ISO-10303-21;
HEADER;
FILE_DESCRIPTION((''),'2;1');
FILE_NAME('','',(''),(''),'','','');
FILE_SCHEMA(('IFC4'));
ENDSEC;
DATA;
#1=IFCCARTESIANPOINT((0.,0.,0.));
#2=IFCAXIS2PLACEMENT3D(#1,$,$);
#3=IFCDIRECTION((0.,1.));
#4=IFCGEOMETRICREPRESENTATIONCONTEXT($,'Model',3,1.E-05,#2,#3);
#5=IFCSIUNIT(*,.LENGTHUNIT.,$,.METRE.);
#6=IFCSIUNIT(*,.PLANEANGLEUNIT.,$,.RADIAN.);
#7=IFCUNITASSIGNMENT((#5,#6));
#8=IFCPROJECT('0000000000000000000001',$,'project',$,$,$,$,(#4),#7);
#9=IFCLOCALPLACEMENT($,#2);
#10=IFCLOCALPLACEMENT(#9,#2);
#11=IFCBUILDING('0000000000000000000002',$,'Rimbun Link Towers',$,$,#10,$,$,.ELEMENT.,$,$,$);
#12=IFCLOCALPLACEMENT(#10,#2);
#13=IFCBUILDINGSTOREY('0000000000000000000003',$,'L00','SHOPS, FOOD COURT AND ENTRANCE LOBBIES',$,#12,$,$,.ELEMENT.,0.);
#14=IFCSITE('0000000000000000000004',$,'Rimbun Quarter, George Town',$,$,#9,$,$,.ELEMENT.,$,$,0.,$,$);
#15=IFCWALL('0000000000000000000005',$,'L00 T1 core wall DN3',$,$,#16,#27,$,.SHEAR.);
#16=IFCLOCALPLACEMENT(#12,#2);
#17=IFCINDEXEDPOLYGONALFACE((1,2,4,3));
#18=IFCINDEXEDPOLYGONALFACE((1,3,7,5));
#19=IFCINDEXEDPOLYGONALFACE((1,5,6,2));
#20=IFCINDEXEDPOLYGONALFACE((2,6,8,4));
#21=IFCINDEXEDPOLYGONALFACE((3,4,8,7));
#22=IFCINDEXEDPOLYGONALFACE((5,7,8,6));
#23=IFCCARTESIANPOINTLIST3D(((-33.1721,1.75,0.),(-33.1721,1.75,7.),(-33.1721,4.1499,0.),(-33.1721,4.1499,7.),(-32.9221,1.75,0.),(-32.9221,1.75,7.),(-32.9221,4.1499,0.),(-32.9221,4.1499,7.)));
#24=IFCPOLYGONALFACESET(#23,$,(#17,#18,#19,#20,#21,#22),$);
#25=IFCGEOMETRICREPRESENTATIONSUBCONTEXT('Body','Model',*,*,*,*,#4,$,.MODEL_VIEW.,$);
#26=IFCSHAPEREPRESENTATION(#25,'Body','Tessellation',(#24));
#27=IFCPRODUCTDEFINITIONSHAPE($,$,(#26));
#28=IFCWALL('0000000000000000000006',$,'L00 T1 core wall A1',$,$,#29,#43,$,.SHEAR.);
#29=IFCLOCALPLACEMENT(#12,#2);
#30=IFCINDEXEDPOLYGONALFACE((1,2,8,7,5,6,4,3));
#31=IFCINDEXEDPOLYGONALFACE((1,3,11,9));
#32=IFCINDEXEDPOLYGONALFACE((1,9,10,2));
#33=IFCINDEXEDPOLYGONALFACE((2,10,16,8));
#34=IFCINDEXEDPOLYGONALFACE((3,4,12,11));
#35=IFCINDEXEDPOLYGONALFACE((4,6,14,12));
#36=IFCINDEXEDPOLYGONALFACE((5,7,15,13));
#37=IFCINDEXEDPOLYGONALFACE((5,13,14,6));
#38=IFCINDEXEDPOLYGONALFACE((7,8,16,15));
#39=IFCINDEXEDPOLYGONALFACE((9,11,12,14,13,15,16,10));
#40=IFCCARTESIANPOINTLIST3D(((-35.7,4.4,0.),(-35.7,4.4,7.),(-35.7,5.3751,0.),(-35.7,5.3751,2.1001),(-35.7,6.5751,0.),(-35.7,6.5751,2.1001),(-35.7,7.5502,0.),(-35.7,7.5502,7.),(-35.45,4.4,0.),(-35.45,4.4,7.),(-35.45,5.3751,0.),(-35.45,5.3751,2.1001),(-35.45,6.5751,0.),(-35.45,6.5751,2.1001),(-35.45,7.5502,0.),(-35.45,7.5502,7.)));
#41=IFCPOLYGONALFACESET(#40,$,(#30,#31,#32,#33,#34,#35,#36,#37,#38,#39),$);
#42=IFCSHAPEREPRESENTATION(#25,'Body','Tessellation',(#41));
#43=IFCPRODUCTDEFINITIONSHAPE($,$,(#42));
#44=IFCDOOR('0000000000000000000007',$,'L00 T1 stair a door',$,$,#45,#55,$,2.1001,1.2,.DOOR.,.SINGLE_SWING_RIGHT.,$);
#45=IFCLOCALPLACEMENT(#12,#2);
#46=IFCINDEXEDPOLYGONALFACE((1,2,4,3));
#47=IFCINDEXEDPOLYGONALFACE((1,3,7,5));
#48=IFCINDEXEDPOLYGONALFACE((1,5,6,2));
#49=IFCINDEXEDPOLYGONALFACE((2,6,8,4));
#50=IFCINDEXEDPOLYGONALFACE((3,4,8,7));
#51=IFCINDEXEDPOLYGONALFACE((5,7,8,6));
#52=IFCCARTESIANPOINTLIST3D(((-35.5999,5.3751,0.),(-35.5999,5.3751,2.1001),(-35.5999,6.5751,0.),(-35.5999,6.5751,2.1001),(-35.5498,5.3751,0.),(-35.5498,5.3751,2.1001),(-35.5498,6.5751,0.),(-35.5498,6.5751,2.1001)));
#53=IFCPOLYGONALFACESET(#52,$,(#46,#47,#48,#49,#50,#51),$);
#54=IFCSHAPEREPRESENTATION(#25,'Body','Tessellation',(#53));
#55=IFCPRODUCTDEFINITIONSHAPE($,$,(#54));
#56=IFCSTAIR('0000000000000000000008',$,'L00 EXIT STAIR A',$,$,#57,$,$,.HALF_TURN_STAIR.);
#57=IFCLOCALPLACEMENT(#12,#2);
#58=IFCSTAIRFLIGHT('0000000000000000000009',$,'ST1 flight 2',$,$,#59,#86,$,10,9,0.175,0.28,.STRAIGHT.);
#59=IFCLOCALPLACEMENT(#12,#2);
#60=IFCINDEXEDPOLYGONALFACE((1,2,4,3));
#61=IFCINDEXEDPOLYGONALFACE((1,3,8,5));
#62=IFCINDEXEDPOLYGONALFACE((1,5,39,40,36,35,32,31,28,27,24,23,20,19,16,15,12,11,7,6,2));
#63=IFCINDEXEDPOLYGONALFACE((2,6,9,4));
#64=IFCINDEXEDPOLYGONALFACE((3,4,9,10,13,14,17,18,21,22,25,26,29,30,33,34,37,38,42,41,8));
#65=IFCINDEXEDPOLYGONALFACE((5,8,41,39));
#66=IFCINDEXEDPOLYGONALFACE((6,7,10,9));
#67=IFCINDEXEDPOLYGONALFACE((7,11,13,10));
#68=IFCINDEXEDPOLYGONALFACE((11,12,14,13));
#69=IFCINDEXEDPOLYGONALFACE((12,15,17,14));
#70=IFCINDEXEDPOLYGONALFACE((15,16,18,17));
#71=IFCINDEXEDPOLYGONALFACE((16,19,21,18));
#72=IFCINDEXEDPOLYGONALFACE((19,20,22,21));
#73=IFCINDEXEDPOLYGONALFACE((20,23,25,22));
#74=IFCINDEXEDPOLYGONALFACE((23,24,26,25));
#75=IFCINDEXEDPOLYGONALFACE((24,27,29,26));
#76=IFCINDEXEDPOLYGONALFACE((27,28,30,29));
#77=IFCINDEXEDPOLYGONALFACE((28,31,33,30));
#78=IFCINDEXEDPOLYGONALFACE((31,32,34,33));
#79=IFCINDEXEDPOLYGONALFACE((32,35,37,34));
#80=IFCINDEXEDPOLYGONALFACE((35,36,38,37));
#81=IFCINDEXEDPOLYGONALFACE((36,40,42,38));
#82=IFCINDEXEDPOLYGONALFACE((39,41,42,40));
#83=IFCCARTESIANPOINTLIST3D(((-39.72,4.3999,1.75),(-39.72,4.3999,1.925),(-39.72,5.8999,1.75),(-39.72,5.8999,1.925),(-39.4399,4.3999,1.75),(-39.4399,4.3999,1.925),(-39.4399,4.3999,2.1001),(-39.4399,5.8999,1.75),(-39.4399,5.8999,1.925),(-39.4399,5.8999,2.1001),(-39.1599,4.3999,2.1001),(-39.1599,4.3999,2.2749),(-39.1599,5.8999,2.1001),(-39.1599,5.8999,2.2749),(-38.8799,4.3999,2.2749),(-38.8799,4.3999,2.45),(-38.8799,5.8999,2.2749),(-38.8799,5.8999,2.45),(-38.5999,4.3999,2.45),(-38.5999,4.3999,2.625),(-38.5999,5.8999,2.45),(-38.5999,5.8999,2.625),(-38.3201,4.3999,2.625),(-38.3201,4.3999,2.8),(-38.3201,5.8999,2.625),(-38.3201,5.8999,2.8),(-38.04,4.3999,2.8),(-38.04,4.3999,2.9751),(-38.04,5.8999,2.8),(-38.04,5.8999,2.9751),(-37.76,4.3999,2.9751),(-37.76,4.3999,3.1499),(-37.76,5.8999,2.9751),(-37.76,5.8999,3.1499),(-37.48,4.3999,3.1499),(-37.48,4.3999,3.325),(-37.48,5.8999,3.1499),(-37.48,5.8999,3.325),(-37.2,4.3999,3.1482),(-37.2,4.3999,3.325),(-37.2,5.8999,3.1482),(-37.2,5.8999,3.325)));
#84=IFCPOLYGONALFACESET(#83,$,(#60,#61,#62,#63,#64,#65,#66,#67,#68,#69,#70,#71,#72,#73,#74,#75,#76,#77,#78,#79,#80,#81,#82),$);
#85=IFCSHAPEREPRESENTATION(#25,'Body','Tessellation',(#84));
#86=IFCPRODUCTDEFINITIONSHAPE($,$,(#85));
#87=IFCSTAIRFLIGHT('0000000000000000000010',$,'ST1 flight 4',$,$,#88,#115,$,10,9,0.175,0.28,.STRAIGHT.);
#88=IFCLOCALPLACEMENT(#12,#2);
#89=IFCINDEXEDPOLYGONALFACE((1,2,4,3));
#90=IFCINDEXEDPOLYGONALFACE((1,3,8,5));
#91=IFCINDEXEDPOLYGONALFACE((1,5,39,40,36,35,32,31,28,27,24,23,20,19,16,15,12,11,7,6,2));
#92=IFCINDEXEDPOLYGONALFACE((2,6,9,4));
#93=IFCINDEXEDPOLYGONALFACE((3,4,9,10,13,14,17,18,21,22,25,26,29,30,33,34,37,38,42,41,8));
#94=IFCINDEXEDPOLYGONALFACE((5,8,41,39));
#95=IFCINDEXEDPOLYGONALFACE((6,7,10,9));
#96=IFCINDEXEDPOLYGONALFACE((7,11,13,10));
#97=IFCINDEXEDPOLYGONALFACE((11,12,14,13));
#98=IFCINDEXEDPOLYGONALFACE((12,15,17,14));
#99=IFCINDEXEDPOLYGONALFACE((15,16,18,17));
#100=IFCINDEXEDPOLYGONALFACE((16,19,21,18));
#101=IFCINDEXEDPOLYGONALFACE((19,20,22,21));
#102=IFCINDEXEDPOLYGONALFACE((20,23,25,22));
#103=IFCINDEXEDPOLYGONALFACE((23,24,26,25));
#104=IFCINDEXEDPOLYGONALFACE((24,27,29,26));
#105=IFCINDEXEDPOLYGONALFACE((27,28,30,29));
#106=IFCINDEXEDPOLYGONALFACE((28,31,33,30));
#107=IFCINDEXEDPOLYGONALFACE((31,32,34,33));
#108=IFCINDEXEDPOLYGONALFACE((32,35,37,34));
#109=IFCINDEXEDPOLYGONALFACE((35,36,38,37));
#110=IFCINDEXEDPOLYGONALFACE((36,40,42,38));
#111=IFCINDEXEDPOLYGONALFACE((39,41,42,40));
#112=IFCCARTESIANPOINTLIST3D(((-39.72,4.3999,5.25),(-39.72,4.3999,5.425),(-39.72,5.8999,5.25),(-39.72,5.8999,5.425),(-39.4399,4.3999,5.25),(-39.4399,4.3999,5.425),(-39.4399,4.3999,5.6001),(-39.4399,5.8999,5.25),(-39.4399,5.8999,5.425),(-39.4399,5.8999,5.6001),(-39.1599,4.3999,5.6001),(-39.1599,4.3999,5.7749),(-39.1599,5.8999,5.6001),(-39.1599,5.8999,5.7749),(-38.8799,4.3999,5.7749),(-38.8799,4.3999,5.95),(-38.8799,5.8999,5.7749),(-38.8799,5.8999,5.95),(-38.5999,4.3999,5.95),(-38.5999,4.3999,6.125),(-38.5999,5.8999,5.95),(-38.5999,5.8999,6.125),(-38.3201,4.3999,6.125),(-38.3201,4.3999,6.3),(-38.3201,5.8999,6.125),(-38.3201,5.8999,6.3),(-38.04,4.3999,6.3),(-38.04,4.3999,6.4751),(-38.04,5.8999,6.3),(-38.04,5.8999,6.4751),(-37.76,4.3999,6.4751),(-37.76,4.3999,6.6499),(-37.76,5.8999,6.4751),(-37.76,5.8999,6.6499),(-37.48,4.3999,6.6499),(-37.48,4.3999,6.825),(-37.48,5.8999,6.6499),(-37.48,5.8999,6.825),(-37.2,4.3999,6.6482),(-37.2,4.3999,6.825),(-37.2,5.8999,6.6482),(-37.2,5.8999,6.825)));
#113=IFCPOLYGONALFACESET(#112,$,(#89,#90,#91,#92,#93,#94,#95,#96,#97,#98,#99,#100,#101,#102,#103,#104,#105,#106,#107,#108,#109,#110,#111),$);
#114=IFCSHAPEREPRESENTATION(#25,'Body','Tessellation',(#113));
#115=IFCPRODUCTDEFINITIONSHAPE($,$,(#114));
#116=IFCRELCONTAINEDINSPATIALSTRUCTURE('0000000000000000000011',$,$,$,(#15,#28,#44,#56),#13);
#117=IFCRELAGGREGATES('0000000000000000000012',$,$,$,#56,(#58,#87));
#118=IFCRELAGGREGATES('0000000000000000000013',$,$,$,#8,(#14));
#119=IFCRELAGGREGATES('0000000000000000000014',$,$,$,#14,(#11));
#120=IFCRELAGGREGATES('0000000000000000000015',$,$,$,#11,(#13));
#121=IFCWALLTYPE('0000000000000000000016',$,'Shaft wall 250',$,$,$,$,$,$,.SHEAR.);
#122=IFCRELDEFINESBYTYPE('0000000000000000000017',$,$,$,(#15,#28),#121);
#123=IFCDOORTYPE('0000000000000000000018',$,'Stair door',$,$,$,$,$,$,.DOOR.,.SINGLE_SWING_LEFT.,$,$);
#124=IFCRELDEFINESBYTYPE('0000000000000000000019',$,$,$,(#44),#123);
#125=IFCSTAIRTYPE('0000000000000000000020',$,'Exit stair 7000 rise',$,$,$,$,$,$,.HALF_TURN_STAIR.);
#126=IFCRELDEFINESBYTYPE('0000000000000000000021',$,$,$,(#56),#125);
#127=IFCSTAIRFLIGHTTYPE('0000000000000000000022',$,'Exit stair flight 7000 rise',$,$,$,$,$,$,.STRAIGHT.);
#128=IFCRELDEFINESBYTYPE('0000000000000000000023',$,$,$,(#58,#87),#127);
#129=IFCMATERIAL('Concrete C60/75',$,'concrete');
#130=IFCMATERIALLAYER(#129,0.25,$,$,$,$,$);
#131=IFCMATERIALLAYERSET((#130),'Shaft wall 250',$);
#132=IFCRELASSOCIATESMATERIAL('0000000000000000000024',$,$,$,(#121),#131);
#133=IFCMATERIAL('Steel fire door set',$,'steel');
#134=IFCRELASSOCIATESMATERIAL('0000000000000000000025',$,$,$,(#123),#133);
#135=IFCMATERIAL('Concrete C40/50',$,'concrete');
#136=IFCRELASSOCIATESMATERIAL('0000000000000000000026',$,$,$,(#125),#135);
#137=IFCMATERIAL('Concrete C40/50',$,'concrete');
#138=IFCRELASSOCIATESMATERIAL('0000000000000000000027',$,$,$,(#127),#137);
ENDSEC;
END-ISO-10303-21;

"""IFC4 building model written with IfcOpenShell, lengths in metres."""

from ifc_helpers import new_model, si_unit, direction, frame, frame_2d, origin, place, context, subcontext, project, spatial, polyline, rectangle, outline, extrude, material, layer, layer_set, type_object, element, fill, aggregate, save


model = new_model("IFC4")

# Units and contexts
model_context = context("Model", 3, precision=1e-05, world=origin(), true_north=direction((0.0, 1.0)))
body_context = subcontext(model_context, "Body", "Model", "MODEL_VIEW")
ifc_project = project(units=[si_unit("LENGTHUNIT", "METRE"), si_unit("PLANEANGLEUNIT", "RADIAN")], contexts=[model_context])

# Site, building, storey
site_placement = place(None, origin())
site = spatial("IfcSite", under=ifc_project, at=site_placement, Name="Rimbun Quarter, George Town", CompositionType="ELEMENT", RefElevation=0.0)
building_placement = place(site_placement, origin())
building = spatial("IfcBuilding", under=site, at=building_placement, Name="Rimbun Link Towers", CompositionType="ELEMENT")
storey_placement = place(building_placement, origin())
storey = spatial("IfcBuildingStorey", under=building, at=storey_placement, Name="L00", Description="SHOPS, FOOD COURT AND ENTRANCE LOBBIES", CompositionType="ELEMENT", Elevation=0.0)

# Wall
ifc_material_1 = material(Name="Concrete C60/75", Category="concrete")
ifc_layer = layer(ifc_material_1, 0.25)
ifc_layer_set = layer_set([ifc_layer], Name="Shaft wall 250")
wall_type = type_object("IfcWallType", Name="Shaft wall 250", PredefinedType="SHEAR", material=ifc_layer_set)
for number, where, z_axis, x_axis, name in (
    (1, (-33.0471, 1.75, 0.0), (0.0, 0.0, 1.0), (0.0, 1.0, 0.0), "L00 T1 core wall DN3"),
):
    element("IfcWall", number, at=place(storey_placement, frame(where, z_axis=z_axis, x_axis=x_axis)), inside=storey, type_object=wall_type, Name=name, PredefinedType="SHEAR", context=body_context, shape_type="SweptSolid", body=[
        extrude(rectangle(XDim=2.3999, YDim=0.25, at=frame_2d((1.2, 0.0))), origin(), (0.0, 0.0, 1.0), 7.0),
    ])

# Wall, opening, door
wall_placement = place(storey_placement, frame((-35.575, 4.3999, 0.0), z_axis=(0.0, 0.0, 1.0), x_axis=(0.0, 1.0, 0.0)))
wall = element("IfcWall", 2, at=wall_placement, inside=storey, type_object=wall_type, Name="L00 T1 core wall A1", PredefinedType="SHEAR", context=body_context, shape_type="SweptSolid", body=[
    extrude(rectangle(XDim=3.1501, YDim=0.25, at=frame_2d((1.5752, 0.0))), origin(), (0.0, 0.0, 1.0), 7.0),
])
opening_placement = place(wall_placement, frame((0.9751, 0.0, 0.0)))
opening = element("IfcOpeningElement", 3, at=opening_placement, cuts=wall, PredefinedType="OPENING", context=body_context, shape_type="SweptSolid", body=[
    extrude(rectangle(XDim=1.2, YDim=2.1001, at=frame_2d((0.6001, 1.05))), frame((0.0, 0.135, 0.0), z_axis=(0.0, -1.0, 0.0), x_axis=(1.0, 0.0, 0.0)), (0.0, 0.0, 1.0), 0.27),
])
ifc_material_2 = material(Name="Steel fire door set", Category="steel")
door_type = type_object("IfcDoorType", Name="Stair door", OperationType="SINGLE_SWING_LEFT", PredefinedType="DOOR", material=ifc_material_2)
door_placement = place(opening_placement, origin())
door = element("IfcDoor", 4, at=door_placement, inside=storey, type_object=door_type, Name="L00 T1 stair a door", OperationType="SINGLE_SWING_RIGHT", OverallHeight=2.1001, OverallWidth=1.2, PredefinedType="DOOR", context=body_context, shape_type="SweptSolid", body=[
    extrude(rectangle(XDim=1.2, YDim=2.1001, at=frame_2d((0.6001, 1.05))), frame((0.0, 0.0249, 0.0), z_axis=(0.0, -1.0, 0.0), x_axis=(1.0, 0.0, 0.0)), (0.0, 0.0, 1.0), 0.05),
])
fill(opening, door)

# Stair, stair flights
ifc_material_3 = material(Name="Concrete C40/50", Category="concrete")
stair_type = type_object("IfcStairType", Name="Exit stair 7000 rise", PredefinedType="HALF_TURN_STAIR", material=ifc_material_3)
stair_placement = place(storey_placement, origin())
stair = element("IfcStair", 5, at=stair_placement, inside=storey, type_object=stair_type, Name="L00 EXIT STAIR A", PredefinedType="HALF_TURN_STAIR")
ifc_material_4 = material(Name="Concrete C40/50", Category="concrete")
stair_flight_type = type_object("IfcStairFlightType", Name="Exit stair flight 7000 rise", PredefinedType="STRAIGHT", material=ifc_material_4)
stair_flight_1_placement = place(storey_placement, frame((-39.72, 5.1499, 1.75), z_axis=(0.0, 0.0, 1.0), x_axis=(1.0, 0.0, 0.0)))
stair_flight_1 = element("IfcStairFlight", 6, at=stair_flight_1_placement, type_object=stair_flight_type, Name="ST1 flight 2", NumberOfRisers=10, NumberOfTreads=9, PredefinedType="STRAIGHT", RiserHeight=0.175, TreadLength=0.28, context=body_context, shape_type="SweptSolid", body=[
    extrude(outline(polyline([(0.0, 0.0), (0.0, 0.175), (0.28, 0.175), (0.28, 0.3501), (0.5601, 0.3501), (0.5601, 0.5249), (0.8401, 0.5249), (0.8401, 0.7), (1.1201, 0.7), (1.1201, 0.875), (1.3999, 0.875), (1.3999, 1.05), (1.6799, 1.05), (1.6799, 1.2251), (1.96, 1.2251), (1.96, 1.3999), (2.24, 1.3999), (2.24, 1.575), (2.52, 1.575), (2.52, 1.75), (2.52, 1.3982), (0.28, 0.0), (0.0, 0.0)])), frame((0.0, 0.75, 0.0), z_axis=(0.0, -1.0, 0.0), x_axis=(1.0, 0.0, 0.0)), (0.0, 0.0, 1.0), 1.5),
])
stair_flight_2_placement = place(storey_placement, frame((-39.72, 5.1499, 5.25), z_axis=(0.0, 0.0, 1.0), x_axis=(1.0, 0.0, 0.0)))
stair_flight_2 = element("IfcStairFlight", 7, at=stair_flight_2_placement, type_object=stair_flight_type, Name="ST1 flight 4", NumberOfRisers=10, NumberOfTreads=9, PredefinedType="STRAIGHT", RiserHeight=0.175, TreadLength=0.28, context=body_context, shape_type="SweptSolid", body=[
    extrude(outline(polyline([(0.0, 0.0), (0.0, 0.175), (0.28, 0.175), (0.28, 0.3501), (0.5601, 0.3501), (0.5601, 0.5249), (0.8401, 0.5249), (0.8401, 0.7), (1.1201, 0.7), (1.1201, 0.875), (1.3999, 0.875), (1.3999, 1.05), (1.6799, 1.05), (1.6799, 1.2251), (1.96, 1.2251), (1.96, 1.3999), (2.24, 1.3999), (2.24, 1.575), (2.52, 1.575), (2.52, 1.75), (2.52, 1.3982), (0.28, 0.0), (0.0, 0.0)])), frame((0.0, 0.75, 0.0), z_axis=(0.0, -1.0, 0.0), x_axis=(1.0, 0.0, 0.0)), (0.0, 0.0, 1.0), 1.5),
])
aggregate(stair, [stair_flight_1, stair_flight_2])

save(model, "model.ifc")
